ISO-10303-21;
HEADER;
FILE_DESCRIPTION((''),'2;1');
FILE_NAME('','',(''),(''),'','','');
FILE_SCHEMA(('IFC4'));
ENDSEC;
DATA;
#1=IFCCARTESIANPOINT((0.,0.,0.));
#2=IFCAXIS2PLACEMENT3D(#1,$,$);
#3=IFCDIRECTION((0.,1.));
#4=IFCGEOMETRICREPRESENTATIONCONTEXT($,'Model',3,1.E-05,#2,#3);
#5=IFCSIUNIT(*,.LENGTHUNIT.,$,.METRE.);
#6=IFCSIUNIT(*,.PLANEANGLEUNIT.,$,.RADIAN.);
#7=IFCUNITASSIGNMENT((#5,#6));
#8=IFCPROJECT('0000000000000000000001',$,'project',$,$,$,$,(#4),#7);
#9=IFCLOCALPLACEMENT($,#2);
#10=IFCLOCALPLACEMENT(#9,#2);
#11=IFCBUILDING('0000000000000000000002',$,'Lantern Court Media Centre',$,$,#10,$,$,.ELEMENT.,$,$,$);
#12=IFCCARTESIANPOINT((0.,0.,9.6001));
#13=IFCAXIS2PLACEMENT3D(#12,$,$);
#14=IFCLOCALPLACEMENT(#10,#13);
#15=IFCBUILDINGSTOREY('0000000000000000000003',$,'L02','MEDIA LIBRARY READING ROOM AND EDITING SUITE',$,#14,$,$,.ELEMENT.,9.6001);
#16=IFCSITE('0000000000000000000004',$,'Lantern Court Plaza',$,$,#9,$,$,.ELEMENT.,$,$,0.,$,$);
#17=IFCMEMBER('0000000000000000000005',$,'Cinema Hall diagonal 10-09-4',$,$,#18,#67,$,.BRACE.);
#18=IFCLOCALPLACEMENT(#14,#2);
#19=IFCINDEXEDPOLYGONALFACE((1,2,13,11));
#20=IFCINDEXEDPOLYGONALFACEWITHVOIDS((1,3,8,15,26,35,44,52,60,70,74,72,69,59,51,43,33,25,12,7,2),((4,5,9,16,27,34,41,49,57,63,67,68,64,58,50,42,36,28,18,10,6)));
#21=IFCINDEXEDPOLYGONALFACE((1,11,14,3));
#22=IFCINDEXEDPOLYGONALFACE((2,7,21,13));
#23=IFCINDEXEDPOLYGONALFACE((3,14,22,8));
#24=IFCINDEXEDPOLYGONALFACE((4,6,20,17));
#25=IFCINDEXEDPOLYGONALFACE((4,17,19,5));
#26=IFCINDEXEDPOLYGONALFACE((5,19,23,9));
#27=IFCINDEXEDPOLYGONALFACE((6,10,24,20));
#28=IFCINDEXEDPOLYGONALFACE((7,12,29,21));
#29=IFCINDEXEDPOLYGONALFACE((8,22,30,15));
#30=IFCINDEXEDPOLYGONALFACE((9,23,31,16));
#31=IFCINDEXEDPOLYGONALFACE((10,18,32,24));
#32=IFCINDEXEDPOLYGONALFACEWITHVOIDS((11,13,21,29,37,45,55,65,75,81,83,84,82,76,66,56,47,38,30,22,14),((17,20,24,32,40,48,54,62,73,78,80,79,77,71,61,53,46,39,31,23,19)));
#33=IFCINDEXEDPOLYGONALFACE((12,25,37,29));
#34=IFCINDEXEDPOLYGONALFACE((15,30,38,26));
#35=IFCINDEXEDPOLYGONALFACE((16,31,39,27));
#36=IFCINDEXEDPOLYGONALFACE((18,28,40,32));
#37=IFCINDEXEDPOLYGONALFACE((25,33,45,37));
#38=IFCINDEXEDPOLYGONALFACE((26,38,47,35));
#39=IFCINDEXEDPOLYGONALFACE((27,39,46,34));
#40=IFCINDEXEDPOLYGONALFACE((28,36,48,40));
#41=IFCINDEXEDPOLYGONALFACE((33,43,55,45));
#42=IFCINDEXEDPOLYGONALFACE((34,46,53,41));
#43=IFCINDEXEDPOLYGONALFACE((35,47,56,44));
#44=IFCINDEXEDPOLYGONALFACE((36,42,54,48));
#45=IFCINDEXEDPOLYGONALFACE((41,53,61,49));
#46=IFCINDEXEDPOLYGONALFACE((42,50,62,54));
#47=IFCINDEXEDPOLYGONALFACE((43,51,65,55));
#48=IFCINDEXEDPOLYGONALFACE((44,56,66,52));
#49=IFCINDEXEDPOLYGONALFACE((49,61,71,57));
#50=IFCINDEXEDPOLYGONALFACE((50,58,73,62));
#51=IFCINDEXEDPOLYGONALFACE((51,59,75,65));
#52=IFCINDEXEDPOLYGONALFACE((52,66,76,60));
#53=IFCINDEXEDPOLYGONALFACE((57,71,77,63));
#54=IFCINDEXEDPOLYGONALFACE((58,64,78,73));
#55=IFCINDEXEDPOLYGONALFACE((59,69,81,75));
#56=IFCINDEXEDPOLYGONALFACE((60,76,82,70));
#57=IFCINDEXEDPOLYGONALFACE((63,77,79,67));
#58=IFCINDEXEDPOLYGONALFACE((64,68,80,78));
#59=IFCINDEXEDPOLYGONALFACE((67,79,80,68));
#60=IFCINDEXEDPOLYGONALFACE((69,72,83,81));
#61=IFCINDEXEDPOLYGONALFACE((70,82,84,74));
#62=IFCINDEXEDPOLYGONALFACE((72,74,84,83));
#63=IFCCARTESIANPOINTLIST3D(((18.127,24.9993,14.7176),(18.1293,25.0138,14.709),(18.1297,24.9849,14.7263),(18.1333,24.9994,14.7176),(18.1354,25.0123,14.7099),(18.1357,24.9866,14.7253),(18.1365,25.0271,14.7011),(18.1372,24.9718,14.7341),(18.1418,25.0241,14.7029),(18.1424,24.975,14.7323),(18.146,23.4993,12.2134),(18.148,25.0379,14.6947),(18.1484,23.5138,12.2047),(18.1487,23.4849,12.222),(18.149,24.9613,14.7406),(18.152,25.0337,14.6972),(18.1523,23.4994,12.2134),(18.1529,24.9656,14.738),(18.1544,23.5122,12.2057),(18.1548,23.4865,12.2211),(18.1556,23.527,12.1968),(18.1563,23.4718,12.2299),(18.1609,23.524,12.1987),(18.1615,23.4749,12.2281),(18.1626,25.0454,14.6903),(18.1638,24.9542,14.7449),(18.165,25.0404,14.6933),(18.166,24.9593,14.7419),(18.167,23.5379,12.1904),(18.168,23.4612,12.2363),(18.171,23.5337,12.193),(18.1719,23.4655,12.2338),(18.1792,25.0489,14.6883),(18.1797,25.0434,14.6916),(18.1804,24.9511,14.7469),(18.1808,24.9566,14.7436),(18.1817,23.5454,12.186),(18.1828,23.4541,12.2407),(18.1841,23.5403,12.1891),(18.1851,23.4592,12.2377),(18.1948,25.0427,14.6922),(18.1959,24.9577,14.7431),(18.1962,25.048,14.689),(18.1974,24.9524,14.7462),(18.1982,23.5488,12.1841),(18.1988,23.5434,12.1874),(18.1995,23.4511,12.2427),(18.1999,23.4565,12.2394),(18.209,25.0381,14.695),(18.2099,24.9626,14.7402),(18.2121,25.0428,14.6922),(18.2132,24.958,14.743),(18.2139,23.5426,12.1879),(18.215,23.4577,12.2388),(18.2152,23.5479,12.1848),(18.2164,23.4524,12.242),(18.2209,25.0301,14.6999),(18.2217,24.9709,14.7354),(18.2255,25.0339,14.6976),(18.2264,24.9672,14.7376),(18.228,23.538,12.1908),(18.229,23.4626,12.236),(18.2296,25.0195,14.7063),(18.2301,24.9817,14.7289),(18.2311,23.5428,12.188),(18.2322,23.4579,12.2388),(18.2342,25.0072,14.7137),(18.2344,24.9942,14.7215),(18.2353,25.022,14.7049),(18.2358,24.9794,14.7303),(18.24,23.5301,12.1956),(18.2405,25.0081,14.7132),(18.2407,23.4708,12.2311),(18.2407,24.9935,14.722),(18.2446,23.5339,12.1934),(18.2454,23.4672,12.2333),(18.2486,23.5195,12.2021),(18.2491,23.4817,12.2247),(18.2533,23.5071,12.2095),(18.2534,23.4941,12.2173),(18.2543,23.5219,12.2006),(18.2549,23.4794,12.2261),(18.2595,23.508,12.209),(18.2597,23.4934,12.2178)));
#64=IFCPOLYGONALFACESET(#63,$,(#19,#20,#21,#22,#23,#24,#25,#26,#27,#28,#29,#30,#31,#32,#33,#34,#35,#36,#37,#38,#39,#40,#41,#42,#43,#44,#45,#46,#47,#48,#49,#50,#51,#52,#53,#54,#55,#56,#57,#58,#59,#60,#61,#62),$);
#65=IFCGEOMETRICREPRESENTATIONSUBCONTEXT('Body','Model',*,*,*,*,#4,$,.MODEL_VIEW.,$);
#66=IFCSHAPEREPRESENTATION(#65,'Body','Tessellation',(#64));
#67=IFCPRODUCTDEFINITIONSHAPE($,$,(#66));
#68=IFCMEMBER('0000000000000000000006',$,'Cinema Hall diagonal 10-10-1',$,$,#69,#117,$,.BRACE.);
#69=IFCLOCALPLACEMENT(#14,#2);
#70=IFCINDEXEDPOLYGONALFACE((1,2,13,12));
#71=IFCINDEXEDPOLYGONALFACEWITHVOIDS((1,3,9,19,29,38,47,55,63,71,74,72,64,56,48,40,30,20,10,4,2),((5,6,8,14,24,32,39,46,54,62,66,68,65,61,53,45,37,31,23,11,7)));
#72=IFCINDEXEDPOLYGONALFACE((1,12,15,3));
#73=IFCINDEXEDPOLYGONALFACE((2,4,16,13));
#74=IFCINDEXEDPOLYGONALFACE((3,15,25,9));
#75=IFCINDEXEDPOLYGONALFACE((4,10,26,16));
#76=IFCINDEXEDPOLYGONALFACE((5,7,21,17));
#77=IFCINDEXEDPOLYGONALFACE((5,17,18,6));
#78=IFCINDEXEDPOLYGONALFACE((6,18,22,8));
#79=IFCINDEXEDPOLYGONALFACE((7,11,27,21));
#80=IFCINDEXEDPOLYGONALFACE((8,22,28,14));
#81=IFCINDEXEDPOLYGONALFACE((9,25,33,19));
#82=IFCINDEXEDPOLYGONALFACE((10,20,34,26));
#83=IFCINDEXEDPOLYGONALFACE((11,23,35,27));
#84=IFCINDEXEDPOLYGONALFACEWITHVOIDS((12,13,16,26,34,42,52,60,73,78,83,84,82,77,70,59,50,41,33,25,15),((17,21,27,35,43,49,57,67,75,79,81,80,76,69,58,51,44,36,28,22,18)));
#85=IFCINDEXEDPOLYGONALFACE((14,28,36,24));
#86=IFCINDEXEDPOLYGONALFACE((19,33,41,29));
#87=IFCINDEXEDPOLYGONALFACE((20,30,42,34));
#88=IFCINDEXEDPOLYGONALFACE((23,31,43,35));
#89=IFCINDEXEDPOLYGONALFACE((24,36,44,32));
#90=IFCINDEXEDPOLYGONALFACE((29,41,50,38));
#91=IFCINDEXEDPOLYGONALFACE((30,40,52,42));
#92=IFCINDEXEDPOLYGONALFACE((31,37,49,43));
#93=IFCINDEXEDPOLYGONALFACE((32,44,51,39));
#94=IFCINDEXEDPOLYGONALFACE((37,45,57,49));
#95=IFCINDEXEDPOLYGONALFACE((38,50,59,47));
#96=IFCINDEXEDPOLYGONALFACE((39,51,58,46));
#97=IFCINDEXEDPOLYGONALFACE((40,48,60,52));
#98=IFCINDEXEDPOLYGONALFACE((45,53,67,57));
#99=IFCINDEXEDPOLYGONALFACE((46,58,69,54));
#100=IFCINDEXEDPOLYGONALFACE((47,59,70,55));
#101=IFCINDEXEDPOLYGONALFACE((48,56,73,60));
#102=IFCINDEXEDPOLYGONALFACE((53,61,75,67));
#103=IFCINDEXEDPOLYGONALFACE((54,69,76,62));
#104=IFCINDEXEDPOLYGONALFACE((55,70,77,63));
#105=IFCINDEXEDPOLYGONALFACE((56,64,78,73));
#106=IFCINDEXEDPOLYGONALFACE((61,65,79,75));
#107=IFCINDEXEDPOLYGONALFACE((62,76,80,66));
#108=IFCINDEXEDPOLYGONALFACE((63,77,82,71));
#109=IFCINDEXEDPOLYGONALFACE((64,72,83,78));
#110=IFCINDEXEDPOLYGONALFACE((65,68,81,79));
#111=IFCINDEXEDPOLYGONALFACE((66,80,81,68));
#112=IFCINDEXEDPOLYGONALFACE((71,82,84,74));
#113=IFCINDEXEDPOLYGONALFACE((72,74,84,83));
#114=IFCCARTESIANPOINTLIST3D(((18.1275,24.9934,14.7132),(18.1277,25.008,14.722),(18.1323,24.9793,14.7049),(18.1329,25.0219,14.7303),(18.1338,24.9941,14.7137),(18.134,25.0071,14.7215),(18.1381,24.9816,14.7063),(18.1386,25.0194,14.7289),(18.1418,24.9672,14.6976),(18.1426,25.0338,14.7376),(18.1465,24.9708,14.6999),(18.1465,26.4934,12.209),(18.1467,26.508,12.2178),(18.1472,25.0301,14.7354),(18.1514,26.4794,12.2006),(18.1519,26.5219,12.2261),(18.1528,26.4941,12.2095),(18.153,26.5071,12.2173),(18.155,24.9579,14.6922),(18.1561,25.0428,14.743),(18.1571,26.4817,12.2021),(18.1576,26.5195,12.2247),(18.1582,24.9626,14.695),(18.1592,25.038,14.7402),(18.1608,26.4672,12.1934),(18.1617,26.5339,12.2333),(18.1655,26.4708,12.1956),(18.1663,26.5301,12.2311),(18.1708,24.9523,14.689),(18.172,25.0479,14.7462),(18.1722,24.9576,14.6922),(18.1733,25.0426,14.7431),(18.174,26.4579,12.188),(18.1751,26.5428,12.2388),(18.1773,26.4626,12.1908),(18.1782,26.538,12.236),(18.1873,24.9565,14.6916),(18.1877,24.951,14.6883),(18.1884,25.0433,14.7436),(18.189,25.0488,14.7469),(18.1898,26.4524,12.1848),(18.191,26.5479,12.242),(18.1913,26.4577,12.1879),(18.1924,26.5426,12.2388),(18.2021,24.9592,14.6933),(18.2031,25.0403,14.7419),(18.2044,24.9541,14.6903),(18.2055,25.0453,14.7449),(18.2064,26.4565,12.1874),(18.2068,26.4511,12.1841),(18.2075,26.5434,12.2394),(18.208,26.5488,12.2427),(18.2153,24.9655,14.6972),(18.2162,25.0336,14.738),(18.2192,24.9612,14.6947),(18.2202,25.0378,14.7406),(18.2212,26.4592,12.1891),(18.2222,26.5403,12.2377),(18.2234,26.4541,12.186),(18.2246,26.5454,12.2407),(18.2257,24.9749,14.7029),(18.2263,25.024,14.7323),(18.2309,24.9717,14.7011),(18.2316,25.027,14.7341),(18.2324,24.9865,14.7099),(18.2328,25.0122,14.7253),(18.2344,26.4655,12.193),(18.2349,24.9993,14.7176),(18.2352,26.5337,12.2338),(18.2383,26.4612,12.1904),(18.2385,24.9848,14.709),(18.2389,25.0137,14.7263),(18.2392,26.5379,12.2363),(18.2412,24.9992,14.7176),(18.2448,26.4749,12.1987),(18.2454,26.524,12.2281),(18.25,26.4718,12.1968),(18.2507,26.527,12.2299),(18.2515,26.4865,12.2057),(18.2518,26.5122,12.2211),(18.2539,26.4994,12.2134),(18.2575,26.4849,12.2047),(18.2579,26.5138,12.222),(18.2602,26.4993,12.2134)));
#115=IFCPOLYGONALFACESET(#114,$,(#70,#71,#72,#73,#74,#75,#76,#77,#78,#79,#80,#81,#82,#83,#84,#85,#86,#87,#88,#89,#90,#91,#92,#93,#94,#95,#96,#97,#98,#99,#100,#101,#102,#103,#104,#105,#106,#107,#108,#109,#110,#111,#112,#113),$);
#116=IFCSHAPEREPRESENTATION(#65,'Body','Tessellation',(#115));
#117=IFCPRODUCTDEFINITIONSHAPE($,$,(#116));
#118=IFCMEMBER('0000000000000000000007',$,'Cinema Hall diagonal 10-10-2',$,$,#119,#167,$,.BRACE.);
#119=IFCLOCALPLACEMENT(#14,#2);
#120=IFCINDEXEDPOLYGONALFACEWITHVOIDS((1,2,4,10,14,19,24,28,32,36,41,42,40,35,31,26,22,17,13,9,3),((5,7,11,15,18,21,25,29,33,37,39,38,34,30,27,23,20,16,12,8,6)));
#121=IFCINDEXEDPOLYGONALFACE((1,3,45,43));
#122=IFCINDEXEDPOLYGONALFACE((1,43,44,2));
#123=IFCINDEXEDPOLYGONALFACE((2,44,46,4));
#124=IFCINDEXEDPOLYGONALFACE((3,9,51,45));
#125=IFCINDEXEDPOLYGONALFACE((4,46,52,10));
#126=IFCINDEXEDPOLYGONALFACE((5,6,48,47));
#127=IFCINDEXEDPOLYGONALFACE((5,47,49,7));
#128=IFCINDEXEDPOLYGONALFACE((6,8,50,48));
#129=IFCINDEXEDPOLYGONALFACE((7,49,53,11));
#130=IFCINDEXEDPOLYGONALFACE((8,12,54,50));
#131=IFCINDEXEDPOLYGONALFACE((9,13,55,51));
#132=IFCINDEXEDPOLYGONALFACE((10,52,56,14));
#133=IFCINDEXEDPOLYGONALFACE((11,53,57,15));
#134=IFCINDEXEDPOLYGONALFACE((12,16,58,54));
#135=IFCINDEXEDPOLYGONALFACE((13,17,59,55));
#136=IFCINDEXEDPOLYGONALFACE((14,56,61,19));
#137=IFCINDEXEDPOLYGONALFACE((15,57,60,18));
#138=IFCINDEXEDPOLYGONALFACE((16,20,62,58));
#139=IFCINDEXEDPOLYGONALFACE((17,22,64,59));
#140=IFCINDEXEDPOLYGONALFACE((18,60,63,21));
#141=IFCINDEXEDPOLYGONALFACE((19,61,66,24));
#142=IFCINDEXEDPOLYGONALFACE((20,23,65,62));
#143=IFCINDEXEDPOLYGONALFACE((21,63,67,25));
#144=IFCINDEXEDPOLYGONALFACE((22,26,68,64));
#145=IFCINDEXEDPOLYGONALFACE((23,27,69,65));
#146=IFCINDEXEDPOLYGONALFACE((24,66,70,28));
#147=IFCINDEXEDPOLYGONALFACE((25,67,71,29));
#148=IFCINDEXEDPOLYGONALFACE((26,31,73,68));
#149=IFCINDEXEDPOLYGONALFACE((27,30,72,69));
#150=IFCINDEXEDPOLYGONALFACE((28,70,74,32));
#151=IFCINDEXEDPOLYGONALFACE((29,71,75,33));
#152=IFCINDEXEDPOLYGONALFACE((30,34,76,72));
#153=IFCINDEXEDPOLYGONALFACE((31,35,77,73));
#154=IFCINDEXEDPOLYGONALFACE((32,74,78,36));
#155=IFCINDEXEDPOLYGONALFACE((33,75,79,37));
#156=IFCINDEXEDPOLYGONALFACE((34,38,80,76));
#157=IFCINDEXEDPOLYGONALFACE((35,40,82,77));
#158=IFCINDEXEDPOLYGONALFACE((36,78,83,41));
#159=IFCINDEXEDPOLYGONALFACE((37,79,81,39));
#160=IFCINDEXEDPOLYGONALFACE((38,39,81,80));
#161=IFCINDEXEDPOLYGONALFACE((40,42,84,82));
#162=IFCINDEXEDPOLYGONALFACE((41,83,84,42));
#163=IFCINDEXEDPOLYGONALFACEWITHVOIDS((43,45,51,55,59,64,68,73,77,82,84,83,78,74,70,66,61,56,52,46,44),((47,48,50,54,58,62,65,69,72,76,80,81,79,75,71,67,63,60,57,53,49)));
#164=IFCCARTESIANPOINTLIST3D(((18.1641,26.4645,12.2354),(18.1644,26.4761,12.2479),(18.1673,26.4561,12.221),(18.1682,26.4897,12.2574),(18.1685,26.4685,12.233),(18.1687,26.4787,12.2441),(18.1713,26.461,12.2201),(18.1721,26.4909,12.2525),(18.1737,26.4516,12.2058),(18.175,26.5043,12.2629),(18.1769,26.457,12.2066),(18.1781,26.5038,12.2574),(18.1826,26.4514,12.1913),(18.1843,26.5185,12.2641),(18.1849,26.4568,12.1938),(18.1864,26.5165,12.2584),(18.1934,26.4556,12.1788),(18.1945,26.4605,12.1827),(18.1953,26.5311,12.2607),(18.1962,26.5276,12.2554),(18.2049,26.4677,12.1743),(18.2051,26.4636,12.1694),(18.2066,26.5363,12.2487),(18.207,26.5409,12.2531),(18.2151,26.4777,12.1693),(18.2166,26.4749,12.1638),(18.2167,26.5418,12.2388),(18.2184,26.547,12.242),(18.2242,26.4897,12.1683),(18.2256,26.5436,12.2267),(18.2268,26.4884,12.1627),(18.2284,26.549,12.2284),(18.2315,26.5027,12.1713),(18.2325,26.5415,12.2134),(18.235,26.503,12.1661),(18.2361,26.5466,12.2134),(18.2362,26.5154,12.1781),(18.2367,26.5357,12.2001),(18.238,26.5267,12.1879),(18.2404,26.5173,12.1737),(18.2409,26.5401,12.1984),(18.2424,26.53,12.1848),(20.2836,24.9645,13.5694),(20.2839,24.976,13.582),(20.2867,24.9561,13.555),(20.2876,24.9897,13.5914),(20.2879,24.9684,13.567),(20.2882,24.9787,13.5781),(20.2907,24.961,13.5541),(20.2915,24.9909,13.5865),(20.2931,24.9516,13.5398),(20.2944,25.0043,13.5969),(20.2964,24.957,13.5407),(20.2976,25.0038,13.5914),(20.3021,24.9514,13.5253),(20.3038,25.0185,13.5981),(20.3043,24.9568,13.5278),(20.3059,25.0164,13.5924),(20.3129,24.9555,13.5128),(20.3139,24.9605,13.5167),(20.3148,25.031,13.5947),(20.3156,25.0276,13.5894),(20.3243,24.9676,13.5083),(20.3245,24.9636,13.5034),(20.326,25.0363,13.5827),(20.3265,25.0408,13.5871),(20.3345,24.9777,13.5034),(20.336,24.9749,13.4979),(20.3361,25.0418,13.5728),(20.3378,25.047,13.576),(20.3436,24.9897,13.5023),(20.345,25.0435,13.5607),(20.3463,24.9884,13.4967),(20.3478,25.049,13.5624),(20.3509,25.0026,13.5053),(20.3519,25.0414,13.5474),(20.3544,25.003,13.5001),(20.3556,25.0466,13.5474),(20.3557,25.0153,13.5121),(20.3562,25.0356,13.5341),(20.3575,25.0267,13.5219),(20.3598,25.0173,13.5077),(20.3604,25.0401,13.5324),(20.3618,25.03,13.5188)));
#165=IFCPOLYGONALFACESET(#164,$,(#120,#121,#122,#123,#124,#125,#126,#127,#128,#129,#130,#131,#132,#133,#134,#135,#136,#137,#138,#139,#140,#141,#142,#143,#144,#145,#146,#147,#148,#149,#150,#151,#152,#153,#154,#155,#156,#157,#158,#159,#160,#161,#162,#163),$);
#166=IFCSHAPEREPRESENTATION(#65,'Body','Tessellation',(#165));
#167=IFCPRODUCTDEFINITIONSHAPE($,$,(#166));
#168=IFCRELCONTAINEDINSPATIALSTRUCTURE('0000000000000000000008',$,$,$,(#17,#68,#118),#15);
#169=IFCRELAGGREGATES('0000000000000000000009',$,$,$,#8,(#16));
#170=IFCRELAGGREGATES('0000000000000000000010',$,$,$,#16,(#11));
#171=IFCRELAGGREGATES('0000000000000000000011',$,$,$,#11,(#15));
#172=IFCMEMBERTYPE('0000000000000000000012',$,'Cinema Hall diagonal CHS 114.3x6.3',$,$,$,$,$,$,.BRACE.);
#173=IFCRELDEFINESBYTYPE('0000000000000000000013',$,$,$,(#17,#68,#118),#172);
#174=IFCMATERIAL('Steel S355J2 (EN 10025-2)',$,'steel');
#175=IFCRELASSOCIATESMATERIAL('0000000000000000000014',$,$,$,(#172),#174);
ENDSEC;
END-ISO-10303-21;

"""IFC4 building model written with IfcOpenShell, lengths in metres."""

from ifc_helpers import new_model, si_unit, direction, frame, origin, origin_2d, place, context, subcontext, project, spatial, hollow_circle, extrude, material, material_profile, profile_set, type_object, element, save


model = new_model("IFC4")

# Units and contexts
model_context = context("Model", 3, precision=1e-05, world=origin(), true_north=direction((0.0, 1.0)))
body_context = subcontext(model_context, "Body", "Model", "MODEL_VIEW")
ifc_project = project(units=[si_unit("LENGTHUNIT", "METRE"), si_unit("PLANEANGLEUNIT", "RADIAN")], contexts=[model_context])

# Site, building, storey
site_placement = place(None, origin())
site = spatial("IfcSite", under=ifc_project, at=site_placement, Name="Lantern Court Plaza", CompositionType="ELEMENT", RefElevation=0.0)
building_placement = place(site_placement, origin())
building = spatial("IfcBuilding", under=site, at=building_placement, Name="Lantern Court Media Centre", CompositionType="ELEMENT")
storey_placement = place(building_placement, frame((0.0, 0.0, 9.6001)))
storey = spatial("IfcBuildingStorey", under=building, at=storey_placement, Name="L02", Description="MEDIA LIBRARY READING ROOM AND EDITING SUITE", CompositionType="ELEMENT", Elevation=9.6001)

# Members
ifc_material = material(Name="Steel S355J2 (EN 10025-2)", Category="steel")
ifc_material_profile_1 = material_profile(ifc_material, hollow_circle(Radius=0.0571, WallThickness=0.0063, at=origin_2d()), Name="Cinema Hall diagonal CHS 114.3x6.3")
ifc_profile_set_1 = profile_set([ifc_material_profile_1], Name="Steel S355J2 (EN 10025-2)")
member_type_1 = type_object("IfcMemberType", Name="Cinema Hall diagonal CHS 114.3x6.3", PredefinedType="BRACE", material=ifc_profile_set_1)
for number, where, z_axis, x_axis, name in (
    (1, (18.2031, 23.5, 12.2134), (-0.006524, 0.513857, 0.857851), (-0.999919, -0.012694, 0.0), "Cinema Hall diagonal 10-09-4"),
    (2, (18.2031, 26.5, 12.2134), (-0.006524, -0.513857, 0.857851), (0.999919, -0.012694, 0.0), "Cinema Hall diagonal 10-10-1"),
    (3, (18.2031, 26.5, 12.2134), (0.726034, -0.513852, 0.45698), (0.577702, 0.816248, 0.0), "Cinema Hall diagonal 10-10-2"),
):
    element("IfcMember", number, at=place(storey_placement, frame(where, z_axis=z_axis, x_axis=x_axis)), inside=storey, type_object=member_type_1, Name=name, PredefinedType="BRACE", context=body_context, shape_type="SweptSolid", body=[
        extrude(hollow_circle(Radius=0.0571, WallThickness=0.0063, at=origin_2d()), origin(), (0.0, 0.0, 1.0), 2.9192),
    ])

save(model, "model.ifc")
